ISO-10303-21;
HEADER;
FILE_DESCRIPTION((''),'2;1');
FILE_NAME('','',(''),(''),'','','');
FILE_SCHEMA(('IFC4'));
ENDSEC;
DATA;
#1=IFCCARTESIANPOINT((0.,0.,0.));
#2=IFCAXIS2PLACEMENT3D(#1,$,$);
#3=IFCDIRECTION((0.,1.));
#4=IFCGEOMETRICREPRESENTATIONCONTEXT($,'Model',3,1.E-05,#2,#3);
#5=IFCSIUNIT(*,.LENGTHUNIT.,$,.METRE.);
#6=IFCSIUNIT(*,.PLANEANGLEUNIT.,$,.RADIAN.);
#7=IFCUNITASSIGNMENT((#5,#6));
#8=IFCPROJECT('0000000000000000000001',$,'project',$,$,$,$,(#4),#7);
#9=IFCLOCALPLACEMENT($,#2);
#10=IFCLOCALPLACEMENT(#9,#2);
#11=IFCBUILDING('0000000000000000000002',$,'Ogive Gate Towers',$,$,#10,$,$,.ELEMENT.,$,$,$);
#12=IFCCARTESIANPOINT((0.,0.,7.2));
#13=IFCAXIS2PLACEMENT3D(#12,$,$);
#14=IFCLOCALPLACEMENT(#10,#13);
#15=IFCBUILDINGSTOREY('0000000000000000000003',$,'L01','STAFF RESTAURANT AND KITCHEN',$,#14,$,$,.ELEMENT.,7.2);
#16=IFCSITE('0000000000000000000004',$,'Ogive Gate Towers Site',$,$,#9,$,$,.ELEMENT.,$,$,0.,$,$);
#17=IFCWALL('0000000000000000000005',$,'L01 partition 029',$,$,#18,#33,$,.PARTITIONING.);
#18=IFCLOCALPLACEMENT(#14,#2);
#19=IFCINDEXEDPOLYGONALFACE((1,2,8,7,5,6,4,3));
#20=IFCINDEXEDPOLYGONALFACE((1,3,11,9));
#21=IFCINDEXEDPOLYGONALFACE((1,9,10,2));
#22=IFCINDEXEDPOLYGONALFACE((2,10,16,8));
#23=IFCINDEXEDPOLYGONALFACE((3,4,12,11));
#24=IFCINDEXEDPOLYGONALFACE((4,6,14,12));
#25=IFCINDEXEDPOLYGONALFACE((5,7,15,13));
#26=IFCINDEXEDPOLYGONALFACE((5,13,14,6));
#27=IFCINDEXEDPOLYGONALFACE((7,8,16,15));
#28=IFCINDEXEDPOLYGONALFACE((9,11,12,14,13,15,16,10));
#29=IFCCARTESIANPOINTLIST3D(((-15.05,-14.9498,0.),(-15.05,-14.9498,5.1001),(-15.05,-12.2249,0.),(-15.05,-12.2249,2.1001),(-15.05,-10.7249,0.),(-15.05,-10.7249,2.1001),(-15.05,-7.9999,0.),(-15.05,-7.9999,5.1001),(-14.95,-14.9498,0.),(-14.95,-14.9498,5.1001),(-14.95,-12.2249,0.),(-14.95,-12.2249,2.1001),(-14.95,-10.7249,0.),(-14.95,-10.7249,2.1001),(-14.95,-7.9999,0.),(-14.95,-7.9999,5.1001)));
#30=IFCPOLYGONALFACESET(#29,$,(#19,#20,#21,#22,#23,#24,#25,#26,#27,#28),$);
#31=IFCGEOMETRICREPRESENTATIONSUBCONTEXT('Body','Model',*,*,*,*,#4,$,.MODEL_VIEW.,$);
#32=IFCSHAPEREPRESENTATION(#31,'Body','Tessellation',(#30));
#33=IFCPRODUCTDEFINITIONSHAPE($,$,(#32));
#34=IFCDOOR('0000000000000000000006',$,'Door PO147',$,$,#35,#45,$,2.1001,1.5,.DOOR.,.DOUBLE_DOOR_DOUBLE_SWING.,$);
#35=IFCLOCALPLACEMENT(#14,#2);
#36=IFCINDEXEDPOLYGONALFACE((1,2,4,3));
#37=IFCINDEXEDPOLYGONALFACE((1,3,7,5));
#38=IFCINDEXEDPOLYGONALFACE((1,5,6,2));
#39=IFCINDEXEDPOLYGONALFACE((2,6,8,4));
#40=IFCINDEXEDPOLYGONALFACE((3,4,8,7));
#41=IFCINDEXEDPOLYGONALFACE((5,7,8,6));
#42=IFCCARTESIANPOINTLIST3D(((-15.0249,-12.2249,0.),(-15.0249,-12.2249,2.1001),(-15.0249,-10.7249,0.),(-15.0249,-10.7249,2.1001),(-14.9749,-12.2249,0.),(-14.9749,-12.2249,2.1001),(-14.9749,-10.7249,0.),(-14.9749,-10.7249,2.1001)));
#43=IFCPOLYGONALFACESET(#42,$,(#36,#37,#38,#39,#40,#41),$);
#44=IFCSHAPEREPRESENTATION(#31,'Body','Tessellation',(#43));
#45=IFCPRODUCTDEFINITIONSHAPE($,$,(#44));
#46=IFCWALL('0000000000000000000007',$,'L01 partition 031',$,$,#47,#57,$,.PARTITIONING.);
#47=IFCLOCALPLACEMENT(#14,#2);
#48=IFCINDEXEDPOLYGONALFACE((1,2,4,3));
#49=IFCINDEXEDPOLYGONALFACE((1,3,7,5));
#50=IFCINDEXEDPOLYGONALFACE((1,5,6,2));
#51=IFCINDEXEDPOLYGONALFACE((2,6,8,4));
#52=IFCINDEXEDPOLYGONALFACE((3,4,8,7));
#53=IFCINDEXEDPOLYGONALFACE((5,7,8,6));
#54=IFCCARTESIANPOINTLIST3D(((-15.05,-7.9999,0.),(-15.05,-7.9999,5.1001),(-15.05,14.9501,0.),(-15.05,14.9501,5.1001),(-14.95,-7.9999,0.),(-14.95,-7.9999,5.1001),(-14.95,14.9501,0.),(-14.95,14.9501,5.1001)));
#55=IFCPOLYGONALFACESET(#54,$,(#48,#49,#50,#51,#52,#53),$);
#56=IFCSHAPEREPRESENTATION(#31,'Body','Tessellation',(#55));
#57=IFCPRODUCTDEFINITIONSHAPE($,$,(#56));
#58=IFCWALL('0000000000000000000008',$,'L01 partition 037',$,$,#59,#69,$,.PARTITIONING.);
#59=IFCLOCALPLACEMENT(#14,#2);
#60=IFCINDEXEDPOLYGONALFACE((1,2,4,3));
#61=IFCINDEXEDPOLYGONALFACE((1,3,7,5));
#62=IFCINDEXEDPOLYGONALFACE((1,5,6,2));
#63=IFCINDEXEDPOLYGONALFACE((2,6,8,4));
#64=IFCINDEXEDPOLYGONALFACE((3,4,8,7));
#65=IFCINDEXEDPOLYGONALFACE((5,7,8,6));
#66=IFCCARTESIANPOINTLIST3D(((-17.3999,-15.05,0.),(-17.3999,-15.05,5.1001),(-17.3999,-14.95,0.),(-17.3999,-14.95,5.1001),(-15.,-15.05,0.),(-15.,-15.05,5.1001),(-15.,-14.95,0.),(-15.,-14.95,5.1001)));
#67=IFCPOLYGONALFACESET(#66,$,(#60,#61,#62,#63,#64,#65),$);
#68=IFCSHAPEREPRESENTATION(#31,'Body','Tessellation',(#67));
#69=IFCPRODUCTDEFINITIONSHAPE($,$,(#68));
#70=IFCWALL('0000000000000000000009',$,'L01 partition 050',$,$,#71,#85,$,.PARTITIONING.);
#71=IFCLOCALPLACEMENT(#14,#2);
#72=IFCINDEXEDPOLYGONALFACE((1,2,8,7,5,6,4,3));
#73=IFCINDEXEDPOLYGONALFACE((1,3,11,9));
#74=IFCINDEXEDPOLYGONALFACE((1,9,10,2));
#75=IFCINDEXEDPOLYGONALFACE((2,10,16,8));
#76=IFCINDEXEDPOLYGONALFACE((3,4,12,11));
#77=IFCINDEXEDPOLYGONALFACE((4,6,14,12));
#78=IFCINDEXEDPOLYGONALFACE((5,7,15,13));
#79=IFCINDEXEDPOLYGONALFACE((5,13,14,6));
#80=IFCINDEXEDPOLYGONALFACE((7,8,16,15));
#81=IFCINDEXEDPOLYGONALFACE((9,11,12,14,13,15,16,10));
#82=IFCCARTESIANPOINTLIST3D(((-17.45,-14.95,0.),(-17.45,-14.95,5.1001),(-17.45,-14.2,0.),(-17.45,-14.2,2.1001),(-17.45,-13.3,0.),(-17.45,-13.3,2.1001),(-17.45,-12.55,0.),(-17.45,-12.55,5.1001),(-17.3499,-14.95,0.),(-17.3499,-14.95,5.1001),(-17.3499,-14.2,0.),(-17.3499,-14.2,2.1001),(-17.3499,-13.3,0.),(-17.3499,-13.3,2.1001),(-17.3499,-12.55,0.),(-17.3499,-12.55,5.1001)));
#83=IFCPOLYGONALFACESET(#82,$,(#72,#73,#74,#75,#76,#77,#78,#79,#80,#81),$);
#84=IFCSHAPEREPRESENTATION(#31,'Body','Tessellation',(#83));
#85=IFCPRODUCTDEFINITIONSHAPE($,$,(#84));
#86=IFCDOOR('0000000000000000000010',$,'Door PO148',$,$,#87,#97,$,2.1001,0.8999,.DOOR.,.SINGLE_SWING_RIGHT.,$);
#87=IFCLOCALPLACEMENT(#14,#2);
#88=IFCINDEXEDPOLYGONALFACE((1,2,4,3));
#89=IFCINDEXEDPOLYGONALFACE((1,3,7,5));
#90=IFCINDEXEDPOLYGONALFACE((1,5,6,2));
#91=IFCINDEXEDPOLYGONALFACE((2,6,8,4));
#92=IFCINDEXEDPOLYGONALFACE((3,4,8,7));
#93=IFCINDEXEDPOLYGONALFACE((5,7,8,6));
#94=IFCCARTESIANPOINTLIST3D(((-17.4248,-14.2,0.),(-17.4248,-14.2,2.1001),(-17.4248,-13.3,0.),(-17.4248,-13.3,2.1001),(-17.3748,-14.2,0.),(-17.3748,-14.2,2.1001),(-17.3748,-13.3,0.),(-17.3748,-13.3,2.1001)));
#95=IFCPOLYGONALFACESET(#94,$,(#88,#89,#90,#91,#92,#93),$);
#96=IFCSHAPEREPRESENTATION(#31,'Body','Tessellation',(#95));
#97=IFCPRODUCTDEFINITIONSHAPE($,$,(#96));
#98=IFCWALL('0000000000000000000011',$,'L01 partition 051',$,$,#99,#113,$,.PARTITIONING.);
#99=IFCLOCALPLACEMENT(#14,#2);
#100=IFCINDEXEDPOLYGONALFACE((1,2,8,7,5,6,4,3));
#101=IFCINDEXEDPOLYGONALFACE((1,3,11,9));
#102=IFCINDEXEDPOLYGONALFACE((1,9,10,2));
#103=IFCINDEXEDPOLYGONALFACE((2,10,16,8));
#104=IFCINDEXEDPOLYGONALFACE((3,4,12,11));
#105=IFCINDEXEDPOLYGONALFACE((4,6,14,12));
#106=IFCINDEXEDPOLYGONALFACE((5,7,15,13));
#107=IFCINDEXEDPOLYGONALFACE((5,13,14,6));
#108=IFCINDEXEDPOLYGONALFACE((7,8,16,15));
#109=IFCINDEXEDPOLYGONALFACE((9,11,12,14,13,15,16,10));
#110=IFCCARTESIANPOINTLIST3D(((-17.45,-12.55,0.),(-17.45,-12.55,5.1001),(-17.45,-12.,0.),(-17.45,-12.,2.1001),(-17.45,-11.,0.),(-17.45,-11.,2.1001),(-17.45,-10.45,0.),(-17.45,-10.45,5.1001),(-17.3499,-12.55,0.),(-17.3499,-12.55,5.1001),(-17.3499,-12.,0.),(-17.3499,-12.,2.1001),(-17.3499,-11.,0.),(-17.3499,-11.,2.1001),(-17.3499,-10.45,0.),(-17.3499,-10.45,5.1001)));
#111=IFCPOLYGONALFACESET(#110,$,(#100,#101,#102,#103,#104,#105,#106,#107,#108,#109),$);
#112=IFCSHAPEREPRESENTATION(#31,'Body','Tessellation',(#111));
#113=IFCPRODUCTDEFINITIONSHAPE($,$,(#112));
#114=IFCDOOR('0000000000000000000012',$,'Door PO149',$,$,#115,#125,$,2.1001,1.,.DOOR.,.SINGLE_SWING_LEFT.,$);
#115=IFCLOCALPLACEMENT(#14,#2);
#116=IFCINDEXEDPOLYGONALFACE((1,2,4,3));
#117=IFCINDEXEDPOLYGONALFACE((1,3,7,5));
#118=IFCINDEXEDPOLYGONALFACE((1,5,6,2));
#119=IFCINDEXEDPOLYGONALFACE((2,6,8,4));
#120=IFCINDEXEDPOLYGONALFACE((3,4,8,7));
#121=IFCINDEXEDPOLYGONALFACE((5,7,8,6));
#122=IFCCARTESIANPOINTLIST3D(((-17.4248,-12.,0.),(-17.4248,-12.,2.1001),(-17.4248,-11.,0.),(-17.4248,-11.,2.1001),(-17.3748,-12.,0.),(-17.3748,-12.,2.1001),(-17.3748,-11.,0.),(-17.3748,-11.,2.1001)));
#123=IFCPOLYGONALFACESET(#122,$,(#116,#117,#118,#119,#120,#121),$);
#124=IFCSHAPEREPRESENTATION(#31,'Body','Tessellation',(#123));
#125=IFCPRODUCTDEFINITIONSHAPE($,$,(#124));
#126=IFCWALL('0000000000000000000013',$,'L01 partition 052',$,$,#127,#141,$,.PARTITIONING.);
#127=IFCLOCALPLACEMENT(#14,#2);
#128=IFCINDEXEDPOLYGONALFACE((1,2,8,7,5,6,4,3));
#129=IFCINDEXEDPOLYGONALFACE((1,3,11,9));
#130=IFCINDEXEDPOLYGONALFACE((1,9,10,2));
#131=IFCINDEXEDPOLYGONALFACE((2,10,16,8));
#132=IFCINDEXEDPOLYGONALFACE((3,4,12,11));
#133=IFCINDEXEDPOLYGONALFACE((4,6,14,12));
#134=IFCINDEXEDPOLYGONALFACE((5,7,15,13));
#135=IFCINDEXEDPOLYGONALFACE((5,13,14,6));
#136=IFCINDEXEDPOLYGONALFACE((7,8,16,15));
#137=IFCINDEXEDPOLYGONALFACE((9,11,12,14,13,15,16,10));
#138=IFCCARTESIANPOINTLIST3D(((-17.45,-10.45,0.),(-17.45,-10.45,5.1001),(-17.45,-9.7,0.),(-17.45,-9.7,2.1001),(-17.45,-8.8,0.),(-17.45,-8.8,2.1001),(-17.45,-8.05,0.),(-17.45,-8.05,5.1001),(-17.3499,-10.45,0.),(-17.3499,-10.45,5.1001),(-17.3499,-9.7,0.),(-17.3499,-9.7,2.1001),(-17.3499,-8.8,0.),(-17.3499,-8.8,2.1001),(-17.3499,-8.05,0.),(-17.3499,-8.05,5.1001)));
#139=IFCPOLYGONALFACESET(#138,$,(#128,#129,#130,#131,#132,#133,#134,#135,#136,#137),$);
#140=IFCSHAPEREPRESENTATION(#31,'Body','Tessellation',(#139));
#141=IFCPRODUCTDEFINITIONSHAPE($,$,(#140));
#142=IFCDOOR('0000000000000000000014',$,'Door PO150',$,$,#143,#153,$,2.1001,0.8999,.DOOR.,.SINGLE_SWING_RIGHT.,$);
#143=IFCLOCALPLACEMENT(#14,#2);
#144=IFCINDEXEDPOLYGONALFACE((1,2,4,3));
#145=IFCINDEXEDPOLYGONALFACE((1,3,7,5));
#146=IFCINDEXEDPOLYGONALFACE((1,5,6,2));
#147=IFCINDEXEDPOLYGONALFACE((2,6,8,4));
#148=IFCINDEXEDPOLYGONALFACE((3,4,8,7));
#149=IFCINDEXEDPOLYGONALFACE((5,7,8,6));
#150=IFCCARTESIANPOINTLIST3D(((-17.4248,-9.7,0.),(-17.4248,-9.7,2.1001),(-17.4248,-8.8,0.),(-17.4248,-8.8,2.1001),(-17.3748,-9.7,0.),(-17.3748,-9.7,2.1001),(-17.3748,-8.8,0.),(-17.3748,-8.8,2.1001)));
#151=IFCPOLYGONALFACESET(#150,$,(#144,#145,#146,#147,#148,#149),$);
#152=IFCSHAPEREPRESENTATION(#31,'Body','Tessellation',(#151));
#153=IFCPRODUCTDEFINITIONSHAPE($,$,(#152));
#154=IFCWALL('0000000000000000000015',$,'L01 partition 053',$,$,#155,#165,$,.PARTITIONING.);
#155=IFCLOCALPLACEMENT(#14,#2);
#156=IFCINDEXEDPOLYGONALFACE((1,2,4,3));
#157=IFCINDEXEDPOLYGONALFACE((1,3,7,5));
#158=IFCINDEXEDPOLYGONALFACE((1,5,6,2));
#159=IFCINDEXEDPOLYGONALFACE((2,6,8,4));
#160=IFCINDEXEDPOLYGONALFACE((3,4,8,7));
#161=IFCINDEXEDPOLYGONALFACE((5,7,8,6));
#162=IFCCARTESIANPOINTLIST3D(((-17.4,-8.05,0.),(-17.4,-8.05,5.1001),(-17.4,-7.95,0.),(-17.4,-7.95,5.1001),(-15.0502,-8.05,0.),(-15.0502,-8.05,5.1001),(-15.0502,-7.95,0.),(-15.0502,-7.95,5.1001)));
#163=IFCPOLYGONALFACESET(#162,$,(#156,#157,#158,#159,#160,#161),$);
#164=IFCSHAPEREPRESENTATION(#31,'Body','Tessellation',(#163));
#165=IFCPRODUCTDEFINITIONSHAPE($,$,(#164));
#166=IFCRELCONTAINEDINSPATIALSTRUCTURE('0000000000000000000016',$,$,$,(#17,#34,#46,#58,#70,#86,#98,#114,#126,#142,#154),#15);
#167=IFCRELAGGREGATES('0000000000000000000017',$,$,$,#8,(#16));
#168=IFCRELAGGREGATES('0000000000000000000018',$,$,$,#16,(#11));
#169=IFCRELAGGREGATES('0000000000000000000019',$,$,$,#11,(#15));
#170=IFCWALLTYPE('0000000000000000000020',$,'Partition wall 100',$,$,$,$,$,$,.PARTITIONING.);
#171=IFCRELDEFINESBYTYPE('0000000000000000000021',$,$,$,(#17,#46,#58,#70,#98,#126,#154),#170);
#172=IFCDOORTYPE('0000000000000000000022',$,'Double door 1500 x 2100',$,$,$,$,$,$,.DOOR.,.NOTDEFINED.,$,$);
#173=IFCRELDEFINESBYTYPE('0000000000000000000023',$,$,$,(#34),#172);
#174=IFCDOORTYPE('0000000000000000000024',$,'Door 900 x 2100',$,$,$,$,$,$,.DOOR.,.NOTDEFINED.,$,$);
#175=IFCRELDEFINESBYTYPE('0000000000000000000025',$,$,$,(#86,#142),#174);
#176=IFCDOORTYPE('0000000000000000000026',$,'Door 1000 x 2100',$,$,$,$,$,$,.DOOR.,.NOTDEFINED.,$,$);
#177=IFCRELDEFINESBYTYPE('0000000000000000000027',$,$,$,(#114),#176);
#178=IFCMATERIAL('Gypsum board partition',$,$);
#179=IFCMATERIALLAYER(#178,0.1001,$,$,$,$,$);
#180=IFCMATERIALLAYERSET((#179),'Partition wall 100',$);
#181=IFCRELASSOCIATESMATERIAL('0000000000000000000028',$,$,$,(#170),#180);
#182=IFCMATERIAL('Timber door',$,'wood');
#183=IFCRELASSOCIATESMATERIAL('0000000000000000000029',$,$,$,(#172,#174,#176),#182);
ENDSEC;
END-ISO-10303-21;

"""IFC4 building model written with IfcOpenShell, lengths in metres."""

from ifc_helpers import new_model, si_unit, direction, frame, frame_2d, origin, place, context, subcontext, project, spatial, rectangle, extrude, material, layer, layer_set, type_object, element, fill, save


model = new_model("IFC4")

# Units and contexts
model_context = context("Model", 3, precision=1e-05, world=origin(), true_north=direction((0.0, 1.0)))
body_context = subcontext(model_context, "Body", "Model", "MODEL_VIEW")
ifc_project = project(units=[si_unit("LENGTHUNIT", "METRE"), si_unit("PLANEANGLEUNIT", "RADIAN")], contexts=[model_context])

# Site, building, storey
site_placement = place(None, origin())
site = spatial("IfcSite", under=ifc_project, at=site_placement, Name="Ogive Gate Towers Site", CompositionType="ELEMENT", RefElevation=0.0)
building_placement = place(site_placement, origin())
building = spatial("IfcBuilding", under=site, at=building_placement, Name="Ogive Gate Towers", CompositionType="ELEMENT")
storey_placement = place(building_placement, frame((0.0, 0.0, 7.2)))
storey = spatial("IfcBuildingStorey", under=building, at=storey_placement, Name="L01", Description="STAFF RESTAURANT AND KITCHEN", CompositionType="ELEMENT", Elevation=7.2)

# Wall, opening, door
ifc_material_1 = material(Name="Gypsum board partition")
ifc_layer = layer(ifc_material_1, 0.1001)
ifc_layer_set = layer_set([ifc_layer], Name="Partition wall 100")
wall_type = type_object("IfcWallType", Name="Partition wall 100", PredefinedType="PARTITIONING", material=ifc_layer_set)
ifc_material_2 = material(Name="Timber door", Category="wood")
wall_1_placement = place(storey_placement, frame((-15.0, -14.95, 0.0), z_axis=(0.0, 0.0, 1.0), x_axis=(0.0, 1.0, 0.0)))
wall_1 = element("IfcWall", 1, at=wall_1_placement, inside=storey, type_object=wall_type, Name="L01 partition 029", PredefinedType="PARTITIONING", context=body_context, shape_type="SweptSolid", body=[
    extrude(rectangle(XDim=6.95, YDim=0.1001, at=frame_2d((3.4751, 0.0))), origin(), (0.0, 0.0, 1.0), 5.1001),
])
opening_1_placement = place(wall_1_placement, frame((2.7251, 0.0, 0.0)))
opening_1 = element("IfcOpeningElement", 2, at=opening_1_placement, cuts=wall_1, PredefinedType="OPENING", context=body_context, shape_type="SweptSolid", body=[
    extrude(rectangle(XDim=1.5, YDim=2.1001, at=frame_2d((0.75, 1.05))), frame((0.0, 0.0601, 0.0), z_axis=(0.0, -1.0, 0.0), x_axis=(1.0, 0.0, 0.0)), (0.0, 0.0, 1.0), 0.1201),
])
door_type_1 = type_object("IfcDoorType", Name="Double door 1500 x 2100", OperationType="NOTDEFINED", PredefinedType="DOOR", material=ifc_material_2)
door_1_placement = place(opening_1_placement, origin())
door_1 = element("IfcDoor", 3, at=door_1_placement, inside=storey, type_object=door_type_1, Name="Door PO147", OperationType="DOUBLE_DOOR_DOUBLE_SWING", OverallHeight=2.1001, OverallWidth=1.5, PredefinedType="DOOR", context=body_context, shape_type="SweptSolid", body=[
    extrude(rectangle(XDim=1.5, YDim=2.1001, at=frame_2d((0.75, 1.05))), frame((0.0, 0.0249, 0.0), z_axis=(0.0, -1.0, 0.0), x_axis=(1.0, 0.0, 0.0)), (0.0, 0.0, 1.0), 0.05),
])
fill(opening_1, door_1)

# Walls
wall_2_placement = place(storey_placement, frame((-15.0, -8.0, 0.0), z_axis=(0.0, 0.0, 1.0), x_axis=(0.0, 1.0, 0.0)))
element("IfcWall", 4, at=wall_2_placement, inside=storey, type_object=wall_type, Name="L01 partition 031", PredefinedType="PARTITIONING", context=body_context, shape_type="SweptSolid", body=[
    extrude(rectangle(XDim=22.95, YDim=0.1001, at=frame_2d((11.4751, 0.0))), origin(), (0.0, 0.0, 1.0), 5.1001),
])
wall_3_placement = place(storey_placement, frame((-17.3999, -15.0, 0.0), z_axis=(0.0, 0.0, 1.0), x_axis=(1.0, 0.0, 0.0)))
element("IfcWall", 5, at=wall_3_placement, inside=storey, type_object=wall_type, Name="L01 partition 037", PredefinedType="PARTITIONING", context=body_context, shape_type="SweptSolid", body=[
    extrude(rectangle(XDim=2.3999, YDim=0.1001, at=frame_2d((1.2, 0.0))), origin(), (0.0, 0.0, 1.0), 5.1001),
])

# Walls, openings, doors
wall_4_placement = place(storey_placement, frame((-17.3999, -14.95, 0.0), z_axis=(0.0, 0.0, 1.0), x_axis=(0.0, 1.0, 0.0)))
wall_4 = element("IfcWall", 6, at=wall_4_placement, inside=storey, type_object=wall_type, Name="L01 partition 050", PredefinedType="PARTITIONING", context=body_context, shape_type="SweptSolid", body=[
    extrude(rectangle(XDim=2.3999, YDim=0.1001, at=frame_2d((1.2, 0.0))), origin(), (0.0, 0.0, 1.0), 5.1001),
])
opening_2_placement = place(wall_4_placement, frame((0.75, 0.0, 0.0)))
opening_2 = element("IfcOpeningElement", 7, at=opening_2_placement, cuts=wall_4, PredefinedType="OPENING", context=body_context, shape_type="SweptSolid", body=[
    extrude(rectangle(XDim=0.8999, YDim=2.1001, at=frame_2d((0.45, 1.05))), frame((0.0, 0.0601, 0.0), z_axis=(0.0, -1.0, 0.0), x_axis=(1.0, 0.0, 0.0)), (0.0, 0.0, 1.0), 0.1201),
])
door_type_2 = type_object("IfcDoorType", Name="Door 900 x 2100", OperationType="NOTDEFINED", PredefinedType="DOOR", material=ifc_material_2)
door_2_placement = place(opening_2_placement, origin())
door_2 = element("IfcDoor", 8, at=door_2_placement, inside=storey, type_object=door_type_2, Name="Door PO148", OperationType="SINGLE_SWING_RIGHT", OverallHeight=2.1001, OverallWidth=0.8999, PredefinedType="DOOR", context=body_context, shape_type="SweptSolid", body=[
    extrude(rectangle(XDim=0.8999, YDim=2.1001, at=frame_2d((0.45, 1.05))), frame((0.0, 0.0249, 0.0), z_axis=(0.0, -1.0, 0.0), x_axis=(1.0, 0.0, 0.0)), (0.0, 0.0, 1.0), 0.05),
])
fill(opening_2, door_2)
wall_5_placement = place(storey_placement, frame((-17.3999, -12.55, 0.0), z_axis=(0.0, 0.0, 1.0), x_axis=(0.0, 1.0, 0.0)))
wall_5 = element("IfcWall", 9, at=wall_5_placement, inside=storey, type_object=wall_type, Name="L01 partition 051", PredefinedType="PARTITIONING", context=body_context, shape_type="SweptSolid", body=[
    extrude(rectangle(XDim=2.1001, YDim=0.1001, at=frame_2d((1.05, 0.0))), origin(), (0.0, 0.0, 1.0), 5.1001),
])
opening_3_placement = place(wall_5_placement, frame((0.55, 0.0, 0.0)))
opening_3 = element("IfcOpeningElement", 10, at=opening_3_placement, cuts=wall_5, PredefinedType="OPENING", context=body_context, shape_type="SweptSolid", body=[
    extrude(rectangle(XDim=1.0, YDim=2.1001, at=frame_2d((0.5, 1.05))), frame((0.0, 0.0601, 0.0), z_axis=(0.0, -1.0, 0.0), x_axis=(1.0, 0.0, 0.0)), (0.0, 0.0, 1.0), 0.1201),
])
door_type_3 = type_object("IfcDoorType", Name="Door 1000 x 2100", OperationType="NOTDEFINED", PredefinedType="DOOR", material=ifc_material_2)
door_3_placement = place(opening_3_placement, origin())
door_3 = element("IfcDoor", 11, at=door_3_placement, inside=storey, type_object=door_type_3, Name="Door PO149", OperationType="SINGLE_SWING_LEFT", OverallHeight=2.1001, OverallWidth=1.0, PredefinedType="DOOR", context=body_context, shape_type="SweptSolid", body=[
    extrude(rectangle(XDim=1.0, YDim=2.1001, at=frame_2d((0.5, 1.05))), frame((0.0, 0.0249, 0.0), z_axis=(0.0, -1.0, 0.0), x_axis=(1.0, 0.0, 0.0)), (0.0, 0.0, 1.0), 0.05),
])
fill(opening_3, door_3)
wall_6_placement = place(storey_placement, frame((-17.3999, -10.45, 0.0), z_axis=(0.0, 0.0, 1.0), x_axis=(0.0, 1.0, 0.0)))
wall_6 = element("IfcWall", 12, at=wall_6_placement, inside=storey, type_object=wall_type, Name="L01 partition 052", PredefinedType="PARTITIONING", context=body_context, shape_type="SweptSolid", body=[
    extrude(rectangle(XDim=2.3999, YDim=0.1001, at=frame_2d((1.2, 0.0))), origin(), (0.0, 0.0, 1.0), 5.1001),
])
opening_4_placement = place(wall_6_placement, frame((0.75, 0.0, 0.0)))
opening_4 = element("IfcOpeningElement", 13, at=opening_4_placement, cuts=wall_6, PredefinedType="OPENING", context=body_context, shape_type="SweptSolid", body=[
    extrude(rectangle(XDim=0.8999, YDim=2.1001, at=frame_2d((0.45, 1.05))), frame((0.0, 0.0601, 0.0), z_axis=(0.0, -1.0, 0.0), x_axis=(1.0, 0.0, 0.0)), (0.0, 0.0, 1.0), 0.1201),
])
door_4_placement = place(opening_4_placement, origin())
door_4 = element("IfcDoor", 14, at=door_4_placement, inside=storey, type_object=door_type_2, Name="Door PO150", OperationType="SINGLE_SWING_RIGHT", OverallHeight=2.1001, OverallWidth=0.8999, PredefinedType="DOOR", context=body_context, shape_type="SweptSolid", body=[
    extrude(rectangle(XDim=0.8999, YDim=2.1001, at=frame_2d((0.45, 1.05))), frame((0.0, 0.0249, 0.0), z_axis=(0.0, -1.0, 0.0), x_axis=(1.0, 0.0, 0.0)), (0.0, 0.0, 1.0), 0.05),
])
fill(opening_4, door_4)

# Wall
wall_7_placement = place(storey_placement, frame((-17.3999, -8.0, 0.0), z_axis=(0.0, 0.0, 1.0), x_axis=(1.0, 0.0, 0.0)))
element("IfcWall", 15, at=wall_7_placement, inside=storey, type_object=wall_type, Name="L01 partition 053", PredefinedType="PARTITIONING", context=body_context, shape_type="SweptSolid", body=[
    extrude(rectangle(XDim=2.3499, YDim=0.1001, at=frame_2d((1.1748, 0.0))), origin(), (0.0, 0.0, 1.0), 5.1001),
])

save(model, "model.ifc")
